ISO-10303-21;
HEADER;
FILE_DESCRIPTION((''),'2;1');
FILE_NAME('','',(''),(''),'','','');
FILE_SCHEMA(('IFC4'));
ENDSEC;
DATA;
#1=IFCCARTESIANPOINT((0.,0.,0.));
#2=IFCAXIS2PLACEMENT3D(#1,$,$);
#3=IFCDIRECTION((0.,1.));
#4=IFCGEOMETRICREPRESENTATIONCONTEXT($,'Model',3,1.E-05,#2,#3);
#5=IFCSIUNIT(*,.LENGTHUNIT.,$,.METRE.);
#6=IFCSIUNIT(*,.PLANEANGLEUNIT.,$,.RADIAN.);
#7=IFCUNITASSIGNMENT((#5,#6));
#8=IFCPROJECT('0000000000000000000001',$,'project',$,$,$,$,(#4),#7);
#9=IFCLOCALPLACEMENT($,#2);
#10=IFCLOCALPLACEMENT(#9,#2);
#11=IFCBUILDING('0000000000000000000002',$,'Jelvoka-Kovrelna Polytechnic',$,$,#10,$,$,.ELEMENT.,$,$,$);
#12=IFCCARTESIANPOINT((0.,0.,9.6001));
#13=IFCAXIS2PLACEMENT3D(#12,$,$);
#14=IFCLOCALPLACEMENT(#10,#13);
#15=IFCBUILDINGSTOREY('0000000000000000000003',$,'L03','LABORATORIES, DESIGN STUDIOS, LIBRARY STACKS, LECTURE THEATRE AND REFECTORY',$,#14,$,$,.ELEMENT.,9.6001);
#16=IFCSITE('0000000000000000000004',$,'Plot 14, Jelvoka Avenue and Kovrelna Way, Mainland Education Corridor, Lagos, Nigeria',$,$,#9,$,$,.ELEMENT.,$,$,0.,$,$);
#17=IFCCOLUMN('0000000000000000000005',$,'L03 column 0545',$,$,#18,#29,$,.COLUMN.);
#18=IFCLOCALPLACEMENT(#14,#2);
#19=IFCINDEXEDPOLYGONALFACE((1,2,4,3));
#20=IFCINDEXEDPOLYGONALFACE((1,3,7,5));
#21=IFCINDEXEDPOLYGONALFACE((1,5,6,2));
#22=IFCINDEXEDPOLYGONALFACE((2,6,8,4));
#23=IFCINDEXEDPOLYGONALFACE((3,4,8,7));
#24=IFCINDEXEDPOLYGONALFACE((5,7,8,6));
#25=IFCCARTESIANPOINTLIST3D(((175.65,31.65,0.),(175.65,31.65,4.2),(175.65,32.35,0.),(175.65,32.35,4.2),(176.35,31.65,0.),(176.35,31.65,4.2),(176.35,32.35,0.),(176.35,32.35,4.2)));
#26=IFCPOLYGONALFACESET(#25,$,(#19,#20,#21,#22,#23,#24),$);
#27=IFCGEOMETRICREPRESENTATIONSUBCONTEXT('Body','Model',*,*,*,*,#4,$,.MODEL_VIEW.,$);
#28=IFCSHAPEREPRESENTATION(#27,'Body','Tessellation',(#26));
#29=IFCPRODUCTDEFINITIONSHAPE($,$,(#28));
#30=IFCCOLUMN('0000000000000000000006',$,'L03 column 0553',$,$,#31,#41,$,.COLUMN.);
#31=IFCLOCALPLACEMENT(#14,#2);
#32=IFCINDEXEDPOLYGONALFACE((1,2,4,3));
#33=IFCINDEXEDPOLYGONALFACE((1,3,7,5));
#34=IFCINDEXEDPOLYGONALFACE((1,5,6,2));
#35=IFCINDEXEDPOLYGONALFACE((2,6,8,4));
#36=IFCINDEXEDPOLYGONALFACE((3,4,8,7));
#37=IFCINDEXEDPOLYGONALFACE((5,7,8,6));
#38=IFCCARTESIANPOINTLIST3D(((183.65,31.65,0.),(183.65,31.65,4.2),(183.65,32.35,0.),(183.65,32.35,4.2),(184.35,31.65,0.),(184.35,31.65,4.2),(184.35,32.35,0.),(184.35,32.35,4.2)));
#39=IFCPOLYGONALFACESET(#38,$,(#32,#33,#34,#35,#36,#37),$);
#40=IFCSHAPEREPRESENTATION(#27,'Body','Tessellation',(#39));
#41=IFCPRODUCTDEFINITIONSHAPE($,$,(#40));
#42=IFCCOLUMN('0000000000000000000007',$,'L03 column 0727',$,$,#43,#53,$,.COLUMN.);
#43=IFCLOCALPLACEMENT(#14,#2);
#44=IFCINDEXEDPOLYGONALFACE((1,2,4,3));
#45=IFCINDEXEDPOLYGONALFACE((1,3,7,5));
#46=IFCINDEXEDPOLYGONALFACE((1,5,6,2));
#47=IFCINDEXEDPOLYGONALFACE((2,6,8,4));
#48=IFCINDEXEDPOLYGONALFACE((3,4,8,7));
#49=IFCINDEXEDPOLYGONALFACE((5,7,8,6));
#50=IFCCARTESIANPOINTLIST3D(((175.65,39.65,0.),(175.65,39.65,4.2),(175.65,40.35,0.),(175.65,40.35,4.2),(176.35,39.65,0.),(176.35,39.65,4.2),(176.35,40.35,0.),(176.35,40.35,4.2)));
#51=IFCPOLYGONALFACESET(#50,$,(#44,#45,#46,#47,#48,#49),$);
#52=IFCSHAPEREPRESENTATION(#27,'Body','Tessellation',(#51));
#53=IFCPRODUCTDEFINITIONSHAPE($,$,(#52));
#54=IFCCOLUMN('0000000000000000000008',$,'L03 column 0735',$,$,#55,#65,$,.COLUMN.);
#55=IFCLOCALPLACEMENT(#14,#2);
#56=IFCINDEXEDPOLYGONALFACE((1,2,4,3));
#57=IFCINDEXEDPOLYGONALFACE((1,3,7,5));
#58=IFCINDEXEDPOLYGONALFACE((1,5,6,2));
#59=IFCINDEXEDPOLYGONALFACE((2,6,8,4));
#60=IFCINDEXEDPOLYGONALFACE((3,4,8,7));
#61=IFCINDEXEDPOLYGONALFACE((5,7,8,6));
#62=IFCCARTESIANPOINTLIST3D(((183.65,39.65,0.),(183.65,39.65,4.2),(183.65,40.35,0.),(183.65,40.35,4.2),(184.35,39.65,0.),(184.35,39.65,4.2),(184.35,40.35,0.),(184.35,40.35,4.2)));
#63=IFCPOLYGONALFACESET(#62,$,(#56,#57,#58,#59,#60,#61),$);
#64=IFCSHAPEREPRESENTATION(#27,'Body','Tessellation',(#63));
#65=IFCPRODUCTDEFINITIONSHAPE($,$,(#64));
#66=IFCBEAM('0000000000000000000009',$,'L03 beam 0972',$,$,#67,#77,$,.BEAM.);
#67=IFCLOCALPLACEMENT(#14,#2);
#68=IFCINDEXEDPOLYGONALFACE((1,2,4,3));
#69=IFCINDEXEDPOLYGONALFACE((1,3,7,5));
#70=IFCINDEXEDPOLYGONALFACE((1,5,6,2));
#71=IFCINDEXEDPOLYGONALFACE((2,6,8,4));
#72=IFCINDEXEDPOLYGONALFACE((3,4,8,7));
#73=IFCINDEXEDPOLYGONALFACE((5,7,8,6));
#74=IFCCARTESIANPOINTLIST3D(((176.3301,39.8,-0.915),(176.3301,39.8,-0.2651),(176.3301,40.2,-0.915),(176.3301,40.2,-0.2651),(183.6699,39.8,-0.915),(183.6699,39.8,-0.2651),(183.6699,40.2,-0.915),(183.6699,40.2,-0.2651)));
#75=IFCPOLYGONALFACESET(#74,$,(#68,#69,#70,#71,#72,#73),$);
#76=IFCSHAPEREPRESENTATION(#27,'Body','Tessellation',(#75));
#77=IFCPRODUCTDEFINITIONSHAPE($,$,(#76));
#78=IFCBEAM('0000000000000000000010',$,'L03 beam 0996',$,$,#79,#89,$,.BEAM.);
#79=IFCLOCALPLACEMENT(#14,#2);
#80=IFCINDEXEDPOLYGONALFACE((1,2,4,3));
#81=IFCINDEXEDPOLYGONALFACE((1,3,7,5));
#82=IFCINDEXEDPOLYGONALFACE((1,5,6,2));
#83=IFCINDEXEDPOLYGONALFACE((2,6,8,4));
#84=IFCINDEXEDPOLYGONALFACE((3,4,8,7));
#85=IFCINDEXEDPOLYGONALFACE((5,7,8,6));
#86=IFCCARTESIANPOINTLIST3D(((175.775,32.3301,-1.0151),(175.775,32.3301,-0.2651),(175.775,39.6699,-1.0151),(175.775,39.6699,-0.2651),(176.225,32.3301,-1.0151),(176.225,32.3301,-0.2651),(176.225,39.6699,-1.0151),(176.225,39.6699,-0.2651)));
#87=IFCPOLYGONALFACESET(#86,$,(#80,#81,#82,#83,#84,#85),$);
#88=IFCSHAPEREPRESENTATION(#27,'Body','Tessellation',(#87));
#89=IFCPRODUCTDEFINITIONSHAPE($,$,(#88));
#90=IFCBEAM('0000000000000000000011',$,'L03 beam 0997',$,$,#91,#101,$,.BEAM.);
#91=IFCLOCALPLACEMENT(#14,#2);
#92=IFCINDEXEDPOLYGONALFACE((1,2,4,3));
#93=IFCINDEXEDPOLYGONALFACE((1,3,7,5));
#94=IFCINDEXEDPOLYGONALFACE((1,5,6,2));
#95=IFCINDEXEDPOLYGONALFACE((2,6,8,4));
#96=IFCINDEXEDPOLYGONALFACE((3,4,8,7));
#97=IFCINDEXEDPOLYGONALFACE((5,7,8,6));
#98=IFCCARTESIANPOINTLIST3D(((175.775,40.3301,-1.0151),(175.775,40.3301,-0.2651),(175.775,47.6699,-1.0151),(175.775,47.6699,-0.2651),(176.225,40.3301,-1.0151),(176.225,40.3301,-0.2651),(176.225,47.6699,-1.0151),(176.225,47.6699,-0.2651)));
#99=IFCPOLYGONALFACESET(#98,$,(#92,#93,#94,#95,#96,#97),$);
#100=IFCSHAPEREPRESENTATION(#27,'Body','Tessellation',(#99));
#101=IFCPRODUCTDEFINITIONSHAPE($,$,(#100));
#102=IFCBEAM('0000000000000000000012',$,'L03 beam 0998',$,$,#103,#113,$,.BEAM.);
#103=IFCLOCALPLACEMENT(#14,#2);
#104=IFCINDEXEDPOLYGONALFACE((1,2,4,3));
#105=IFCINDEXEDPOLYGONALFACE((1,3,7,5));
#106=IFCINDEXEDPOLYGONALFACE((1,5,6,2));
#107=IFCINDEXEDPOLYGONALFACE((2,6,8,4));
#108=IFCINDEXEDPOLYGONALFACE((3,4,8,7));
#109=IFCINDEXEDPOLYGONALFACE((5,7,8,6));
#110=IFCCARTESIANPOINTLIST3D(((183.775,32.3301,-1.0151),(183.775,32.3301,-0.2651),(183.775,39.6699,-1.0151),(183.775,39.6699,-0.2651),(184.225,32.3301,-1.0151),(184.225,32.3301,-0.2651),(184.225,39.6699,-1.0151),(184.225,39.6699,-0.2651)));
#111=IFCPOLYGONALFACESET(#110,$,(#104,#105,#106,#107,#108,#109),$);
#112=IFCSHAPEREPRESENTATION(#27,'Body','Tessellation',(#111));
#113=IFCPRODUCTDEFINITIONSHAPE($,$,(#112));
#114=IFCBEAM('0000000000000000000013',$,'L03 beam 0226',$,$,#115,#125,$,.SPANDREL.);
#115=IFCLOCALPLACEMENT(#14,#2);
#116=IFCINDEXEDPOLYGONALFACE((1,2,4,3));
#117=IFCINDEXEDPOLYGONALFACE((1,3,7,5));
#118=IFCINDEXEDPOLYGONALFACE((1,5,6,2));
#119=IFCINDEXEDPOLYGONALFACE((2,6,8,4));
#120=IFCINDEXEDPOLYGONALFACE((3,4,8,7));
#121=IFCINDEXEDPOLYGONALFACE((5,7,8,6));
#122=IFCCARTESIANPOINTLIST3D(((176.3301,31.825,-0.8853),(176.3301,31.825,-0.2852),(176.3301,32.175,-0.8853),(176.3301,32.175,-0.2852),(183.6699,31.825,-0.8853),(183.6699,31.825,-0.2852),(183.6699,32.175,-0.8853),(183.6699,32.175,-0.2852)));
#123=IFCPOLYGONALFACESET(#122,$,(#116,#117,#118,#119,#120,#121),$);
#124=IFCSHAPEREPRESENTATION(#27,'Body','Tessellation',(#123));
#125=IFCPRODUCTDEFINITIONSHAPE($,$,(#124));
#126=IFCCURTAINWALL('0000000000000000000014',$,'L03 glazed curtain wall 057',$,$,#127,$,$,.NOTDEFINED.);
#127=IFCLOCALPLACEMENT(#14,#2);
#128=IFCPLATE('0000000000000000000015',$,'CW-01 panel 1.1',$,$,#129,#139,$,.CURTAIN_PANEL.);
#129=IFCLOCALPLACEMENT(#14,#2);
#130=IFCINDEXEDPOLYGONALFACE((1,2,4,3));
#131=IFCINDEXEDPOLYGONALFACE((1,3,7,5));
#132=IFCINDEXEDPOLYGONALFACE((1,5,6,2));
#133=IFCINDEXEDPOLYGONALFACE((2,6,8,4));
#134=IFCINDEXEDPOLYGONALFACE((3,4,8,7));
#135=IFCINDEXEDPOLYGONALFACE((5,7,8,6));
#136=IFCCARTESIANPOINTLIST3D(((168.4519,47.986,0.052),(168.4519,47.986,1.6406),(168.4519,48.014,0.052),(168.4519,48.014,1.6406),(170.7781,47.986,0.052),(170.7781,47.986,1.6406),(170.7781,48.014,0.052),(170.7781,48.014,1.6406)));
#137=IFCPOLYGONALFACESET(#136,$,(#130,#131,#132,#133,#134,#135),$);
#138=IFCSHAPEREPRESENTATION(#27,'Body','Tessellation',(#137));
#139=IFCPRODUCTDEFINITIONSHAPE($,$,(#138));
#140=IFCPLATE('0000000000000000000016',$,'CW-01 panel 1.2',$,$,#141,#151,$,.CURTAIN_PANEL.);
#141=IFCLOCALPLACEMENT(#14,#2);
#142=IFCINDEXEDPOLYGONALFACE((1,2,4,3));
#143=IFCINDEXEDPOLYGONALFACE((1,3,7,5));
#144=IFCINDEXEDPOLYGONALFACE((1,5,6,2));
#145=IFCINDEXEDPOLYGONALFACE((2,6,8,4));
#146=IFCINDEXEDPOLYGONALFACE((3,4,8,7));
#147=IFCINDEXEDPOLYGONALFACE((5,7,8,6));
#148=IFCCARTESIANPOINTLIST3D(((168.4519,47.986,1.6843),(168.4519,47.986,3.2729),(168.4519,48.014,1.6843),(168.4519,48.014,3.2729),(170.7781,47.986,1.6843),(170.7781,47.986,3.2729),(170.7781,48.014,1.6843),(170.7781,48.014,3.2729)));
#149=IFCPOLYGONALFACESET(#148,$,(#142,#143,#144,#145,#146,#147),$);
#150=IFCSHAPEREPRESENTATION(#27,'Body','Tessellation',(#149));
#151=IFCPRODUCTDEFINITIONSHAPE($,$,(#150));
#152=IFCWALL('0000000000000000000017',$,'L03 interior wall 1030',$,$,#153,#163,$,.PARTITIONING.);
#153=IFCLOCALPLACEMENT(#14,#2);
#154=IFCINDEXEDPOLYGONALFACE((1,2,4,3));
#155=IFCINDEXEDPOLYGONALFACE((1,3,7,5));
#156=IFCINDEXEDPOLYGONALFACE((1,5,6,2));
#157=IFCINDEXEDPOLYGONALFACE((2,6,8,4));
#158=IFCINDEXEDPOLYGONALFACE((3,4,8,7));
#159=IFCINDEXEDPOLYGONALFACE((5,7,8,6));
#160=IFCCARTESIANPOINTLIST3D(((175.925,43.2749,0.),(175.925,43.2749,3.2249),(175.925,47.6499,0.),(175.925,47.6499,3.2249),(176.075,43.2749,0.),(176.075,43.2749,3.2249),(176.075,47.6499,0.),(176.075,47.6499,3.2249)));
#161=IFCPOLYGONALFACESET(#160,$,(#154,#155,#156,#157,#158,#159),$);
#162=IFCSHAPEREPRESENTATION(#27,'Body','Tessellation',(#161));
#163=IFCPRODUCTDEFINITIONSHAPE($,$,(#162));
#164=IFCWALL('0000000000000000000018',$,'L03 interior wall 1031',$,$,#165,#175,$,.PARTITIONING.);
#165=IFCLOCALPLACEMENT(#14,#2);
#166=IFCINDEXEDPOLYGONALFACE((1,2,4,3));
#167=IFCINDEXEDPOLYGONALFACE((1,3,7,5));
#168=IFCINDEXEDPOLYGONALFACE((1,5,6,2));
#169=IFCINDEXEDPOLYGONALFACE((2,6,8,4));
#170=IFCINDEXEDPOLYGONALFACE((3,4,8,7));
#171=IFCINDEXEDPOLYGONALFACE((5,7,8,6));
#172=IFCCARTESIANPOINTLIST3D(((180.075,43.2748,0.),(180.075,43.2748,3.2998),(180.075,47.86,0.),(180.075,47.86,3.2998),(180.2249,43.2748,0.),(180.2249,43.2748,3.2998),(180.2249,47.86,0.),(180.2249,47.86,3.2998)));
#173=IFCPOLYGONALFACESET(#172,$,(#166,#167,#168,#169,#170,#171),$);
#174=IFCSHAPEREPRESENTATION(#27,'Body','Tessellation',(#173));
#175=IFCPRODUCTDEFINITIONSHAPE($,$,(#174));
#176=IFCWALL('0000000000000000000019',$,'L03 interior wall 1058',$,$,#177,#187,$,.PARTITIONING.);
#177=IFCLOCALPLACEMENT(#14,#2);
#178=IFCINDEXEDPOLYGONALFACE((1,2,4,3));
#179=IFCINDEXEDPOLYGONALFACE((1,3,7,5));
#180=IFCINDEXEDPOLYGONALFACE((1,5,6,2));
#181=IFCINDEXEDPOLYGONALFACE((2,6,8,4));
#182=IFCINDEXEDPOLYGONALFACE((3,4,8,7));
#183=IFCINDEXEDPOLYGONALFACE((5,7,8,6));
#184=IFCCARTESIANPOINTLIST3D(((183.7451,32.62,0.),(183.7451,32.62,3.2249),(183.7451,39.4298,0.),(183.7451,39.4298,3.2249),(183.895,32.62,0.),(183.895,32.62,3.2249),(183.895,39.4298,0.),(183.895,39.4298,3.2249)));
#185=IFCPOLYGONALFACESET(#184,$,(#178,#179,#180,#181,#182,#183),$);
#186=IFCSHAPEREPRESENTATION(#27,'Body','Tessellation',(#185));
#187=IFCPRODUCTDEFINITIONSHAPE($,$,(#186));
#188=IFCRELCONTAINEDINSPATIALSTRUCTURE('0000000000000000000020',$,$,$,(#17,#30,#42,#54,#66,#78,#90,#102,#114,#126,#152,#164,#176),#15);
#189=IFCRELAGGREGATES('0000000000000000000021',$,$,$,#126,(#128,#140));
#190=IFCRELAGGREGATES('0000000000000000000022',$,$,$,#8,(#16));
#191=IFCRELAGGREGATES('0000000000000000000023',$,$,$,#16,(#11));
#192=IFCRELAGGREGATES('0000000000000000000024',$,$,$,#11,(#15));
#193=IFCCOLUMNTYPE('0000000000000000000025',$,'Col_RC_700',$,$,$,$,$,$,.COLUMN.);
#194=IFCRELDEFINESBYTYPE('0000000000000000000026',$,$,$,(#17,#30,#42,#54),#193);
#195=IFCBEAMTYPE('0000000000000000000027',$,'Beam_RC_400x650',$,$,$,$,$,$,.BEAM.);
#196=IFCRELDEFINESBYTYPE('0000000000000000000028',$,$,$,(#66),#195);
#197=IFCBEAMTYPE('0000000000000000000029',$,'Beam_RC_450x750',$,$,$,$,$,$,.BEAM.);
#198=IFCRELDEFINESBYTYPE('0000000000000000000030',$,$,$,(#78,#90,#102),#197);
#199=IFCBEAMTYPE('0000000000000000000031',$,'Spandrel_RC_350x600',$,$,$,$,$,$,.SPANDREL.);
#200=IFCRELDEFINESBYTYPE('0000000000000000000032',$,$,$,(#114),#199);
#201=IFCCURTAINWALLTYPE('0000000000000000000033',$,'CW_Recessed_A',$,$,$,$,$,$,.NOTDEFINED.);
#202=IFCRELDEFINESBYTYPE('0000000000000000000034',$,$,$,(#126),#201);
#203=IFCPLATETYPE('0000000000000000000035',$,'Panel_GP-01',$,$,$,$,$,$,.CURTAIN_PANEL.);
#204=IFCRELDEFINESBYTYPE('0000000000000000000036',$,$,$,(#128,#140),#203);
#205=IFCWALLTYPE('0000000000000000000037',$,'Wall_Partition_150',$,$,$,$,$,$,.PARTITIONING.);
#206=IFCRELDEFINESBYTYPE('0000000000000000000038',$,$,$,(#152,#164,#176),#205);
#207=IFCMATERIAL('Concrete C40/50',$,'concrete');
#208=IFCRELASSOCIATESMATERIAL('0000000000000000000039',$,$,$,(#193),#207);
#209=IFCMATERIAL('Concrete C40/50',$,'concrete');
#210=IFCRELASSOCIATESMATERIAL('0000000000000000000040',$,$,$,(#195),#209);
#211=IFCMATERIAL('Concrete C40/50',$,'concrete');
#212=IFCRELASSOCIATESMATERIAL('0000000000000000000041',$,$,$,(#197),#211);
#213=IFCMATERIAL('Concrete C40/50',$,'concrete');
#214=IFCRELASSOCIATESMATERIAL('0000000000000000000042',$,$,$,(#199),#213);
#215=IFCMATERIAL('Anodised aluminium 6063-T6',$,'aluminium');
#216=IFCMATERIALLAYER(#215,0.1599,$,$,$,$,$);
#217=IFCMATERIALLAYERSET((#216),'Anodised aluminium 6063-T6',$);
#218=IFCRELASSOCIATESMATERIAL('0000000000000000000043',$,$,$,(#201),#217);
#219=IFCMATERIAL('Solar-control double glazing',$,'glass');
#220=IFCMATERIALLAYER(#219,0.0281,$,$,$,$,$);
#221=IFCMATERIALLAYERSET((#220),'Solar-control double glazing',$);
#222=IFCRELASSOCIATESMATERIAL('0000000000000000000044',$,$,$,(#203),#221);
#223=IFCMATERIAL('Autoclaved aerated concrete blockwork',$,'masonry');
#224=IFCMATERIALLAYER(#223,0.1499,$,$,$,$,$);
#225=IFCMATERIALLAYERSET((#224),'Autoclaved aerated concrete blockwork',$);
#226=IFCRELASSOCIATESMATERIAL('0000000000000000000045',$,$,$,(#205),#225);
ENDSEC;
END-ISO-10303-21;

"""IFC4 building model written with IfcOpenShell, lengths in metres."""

from ifc_helpers import new_model, si_unit, direction, frame, frame_2d, origin, origin_2d, place, context, subcontext, project, spatial, rectangle, extrude, material, layer, layer_set, material_profile, profile_set, type_object, element, aggregate, save


model = new_model("IFC4")

# Units and contexts
model_context = context("Model", 3, precision=1e-05, world=origin(), true_north=direction((0.0, 1.0)))
body_context = subcontext(model_context, "Body", "Model", "MODEL_VIEW")
ifc_project = project(units=[si_unit("LENGTHUNIT", "METRE"), si_unit("PLANEANGLEUNIT", "RADIAN")], contexts=[model_context])

# Site, building, storey
site_placement = place(None, origin())
site = spatial("IfcSite", under=ifc_project, at=site_placement, Name="Plot 14, Jelvoka Avenue and Kovrelna Way, Mainland Education Corridor, Lagos, Nigeria", CompositionType="ELEMENT", RefElevation=0.0)
building_placement = place(site_placement, origin())
building = spatial("IfcBuilding", under=site, at=building_placement, Name="Jelvoka-Kovrelna Polytechnic", CompositionType="ELEMENT")
storey_placement = place(building_placement, frame((0.0, 0.0, 9.6001)))
storey = spatial("IfcBuildingStorey", under=building, at=storey_placement, Name="L03", Description="LABORATORIES, DESIGN STUDIOS, LIBRARY STACKS, LECTURE THEATRE AND REFECTORY", CompositionType="ELEMENT", Elevation=9.6001)

# Columns
ifc_material_1 = material(Name="Concrete C40/50", Category="concrete")
ifc_material_profile_1 = material_profile(ifc_material_1, rectangle(XDim=0.7, YDim=0.7, at=origin_2d()), Name="RC 700x700")
ifc_profile_set_1 = profile_set([ifc_material_profile_1], Name="Concrete C40/50")
column_type = type_object("IfcColumnType", Name="Col_RC_700", PredefinedType="COLUMN", material=ifc_profile_set_1)
for number, where, z_axis, x_axis, name in (
    (1, (176.0, 32.0, 0.0), (0.0, 0.0, 1.0), (1.0, 0.0, 0.0), "L03 column 0545"),
    (2, (184.0, 32.0, 0.0), (0.0, 0.0, 1.0), (1.0, 0.0, 0.0), "L03 column 0553"),
    (3, (176.0, 40.0, 0.0), (0.0, 0.0, 1.0), (1.0, 0.0, 0.0), "L03 column 0727"),
    (4, (184.0, 40.0, 0.0), (0.0, 0.0, 1.0), (1.0, 0.0, 0.0), "L03 column 0735"),
):
    element("IfcColumn", number, at=place(storey_placement, frame(where, z_axis=z_axis, x_axis=x_axis)), inside=storey, type_object=column_type, Name=name, PredefinedType="COLUMN", context=body_context, shape_type="SweptSolid", body=[
        extrude(rectangle(XDim=0.7, YDim=0.7, at=origin_2d()), origin(), (0.0, 0.0, 1.0), 4.2),
    ])

# Beams
ifc_material_2 = material(Name="Concrete C40/50", Category="concrete")
ifc_material_profile_2 = material_profile(ifc_material_2, rectangle(XDim=0.3999, YDim=0.6499, at=origin_2d()), Name="RC 400x650")
ifc_profile_set_2 = profile_set([ifc_material_profile_2], Name="Concrete C40/50")
beam_type_1 = type_object("IfcBeamType", Name="Beam_RC_400x650", PredefinedType="BEAM", material=ifc_profile_set_2)
beam_1_placement = place(storey_placement, frame((176.3301, 40.0, -0.5901), z_axis=(1.0, 0.0, 0.0), x_axis=(0.0, 1.0, 0.0)))
element("IfcBeam", 5, at=beam_1_placement, inside=storey, type_object=beam_type_1, Name="L03 beam 0972", PredefinedType="BEAM", context=body_context, shape_type="SweptSolid", body=[
    extrude(rectangle(XDim=0.3999, YDim=0.6499, at=origin_2d()), origin(), (0.0, 0.0, 1.0), 7.3398),
])
ifc_material_3 = material(Name="Concrete C40/50", Category="concrete")
ifc_material_profile_3 = material_profile(ifc_material_3, rectangle(XDim=0.45, YDim=0.75, at=origin_2d()), Name="RC 450x750")
ifc_profile_set_3 = profile_set([ifc_material_profile_3], Name="Concrete C40/50")
beam_type_2 = type_object("IfcBeamType", Name="Beam_RC_450x750", PredefinedType="BEAM", material=ifc_profile_set_3)
for number, where, z_axis, x_axis, name in (
    (6, (176.0, 32.3301, -0.6401), (0.0, 1.0, 0.0), (-1.0, 0.0, 0.0), "L03 beam 0996"),
    (7, (176.0, 40.3301, -0.6401), (0.0, 1.0, 0.0), (-1.0, 0.0, 0.0), "L03 beam 0997"),
    (8, (184.0, 32.3301, -0.6401), (0.0, 1.0, 0.0), (-1.0, 0.0, 0.0), "L03 beam 0998"),
):
    element("IfcBeam", number, at=place(storey_placement, frame(where, z_axis=z_axis, x_axis=x_axis)), inside=storey, type_object=beam_type_2, Name=name, PredefinedType="BEAM", context=body_context, shape_type="SweptSolid", body=[
        extrude(rectangle(XDim=0.45, YDim=0.75, at=origin_2d()), origin(), (0.0, 0.0, 1.0), 7.3398),
    ])
ifc_material_4 = material(Name="Concrete C40/50", Category="concrete")
ifc_material_profile_4 = material_profile(ifc_material_4, rectangle(XDim=0.3501, YDim=0.6001, at=origin_2d()), Name="RC 350x600")
ifc_profile_set_4 = profile_set([ifc_material_profile_4], Name="Concrete C40/50")
beam_type_3 = type_object("IfcBeamType", Name="Spandrel_RC_350x600", PredefinedType="SPANDREL", material=ifc_profile_set_4)
beam_2_placement = place(storey_placement, frame((176.3301, 32.0, -0.5852), z_axis=(1.0, 0.0, 0.0), x_axis=(0.0, 1.0, 0.0)))
element("IfcBeam", 9, at=beam_2_placement, inside=storey, type_object=beam_type_3, Name="L03 beam 0226", PredefinedType="SPANDREL", context=body_context, shape_type="SweptSolid", body=[
    extrude(rectangle(XDim=0.3501, YDim=0.6001, at=origin_2d()), origin(), (0.0, 0.0, 1.0), 7.3398),
])

# Curtain wall, plates
ifc_material_5 = material(Name="Anodised aluminium 6063-T6", Category="aluminium")
ifc_layer_1 = layer(ifc_material_5, 0.1599)
ifc_layer_set_1 = layer_set([ifc_layer_1], Name="Anodised aluminium 6063-T6")
curtain_wall_type = type_object("IfcCurtainWallType", Name="CW_Recessed_A", PredefinedType="NOTDEFINED", material=ifc_layer_set_1)
curtain_wall_placement = place(storey_placement, origin())
curtain_wall = element("IfcCurtainWall", 10, at=curtain_wall_placement, inside=storey, type_object=curtain_wall_type, Name="L03 glazed curtain wall 057", PredefinedType="NOTDEFINED")
ifc_material_6 = material(Name="Solar-control double glazing", Category="glass")
ifc_layer_2 = layer(ifc_material_6, 0.0281)
ifc_layer_set_2 = layer_set([ifc_layer_2], Name="Solar-control double glazing")
plate_type = type_object("IfcPlateType", Name="Panel_GP-01", PredefinedType="CURTAIN_PANEL", material=ifc_layer_set_2)
plate_1_placement = place(storey_placement, frame((169.615, 48.0, 0.052), z_axis=(0.0, 0.0, 1.0), x_axis=(1.0, 0.0, 0.0)))
plate_1 = element("IfcPlate", 11, at=plate_1_placement, type_object=plate_type, Name="CW-01 panel 1.1", PredefinedType="CURTAIN_PANEL", context=body_context, shape_type="SweptSolid", body=[
    extrude(rectangle(XDim=2.3262, YDim=0.0281, at=origin_2d()), origin(), (0.0, 0.0, 1.0), 1.5886),
])
plate_2_placement = place(storey_placement, frame((169.615, 48.0, 1.6843), z_axis=(0.0, 0.0, 1.0), x_axis=(1.0, 0.0, 0.0)))
plate_2 = element("IfcPlate", 12, at=plate_2_placement, type_object=plate_type, Name="CW-01 panel 1.2", PredefinedType="CURTAIN_PANEL", context=body_context, shape_type="SweptSolid", body=[
    extrude(rectangle(XDim=2.3262, YDim=0.0281, at=origin_2d()), origin(), (0.0, 0.0, 1.0), 1.5886),
])
aggregate(curtain_wall, [plate_1, plate_2])

# Shared definitions
ifc_material_7 = material(Name="Autoclaved aerated concrete blockwork", Category="masonry")
ifc_layer_3 = layer(ifc_material_7, 0.1499)
ifc_layer_set_3 = layer_set([ifc_layer_3], Name="Autoclaved aerated concrete blockwork")
wall_type = type_object("IfcWallType", Name="Wall_Partition_150", PredefinedType="PARTITIONING", material=ifc_layer_set_3)

# Walls
wall_1_placement = place(storey_placement, frame((176.0, 43.2749, 0.0), z_axis=(0.0, 0.0, 1.0), x_axis=(0.0, 1.0, 0.0)))
element("IfcWall", 13, at=wall_1_placement, inside=storey, type_object=wall_type, Name="L03 interior wall 1030", PredefinedType="PARTITIONING", context=body_context, shape_type="SweptSolid", body=[
    extrude(rectangle(XDim=4.375, YDim=0.1499, at=frame_2d((2.1875, 0.0))), origin(), (0.0, 0.0, 1.0), 3.2249),
])
wall_2_placement = place(storey_placement, frame((180.1499, 43.2749, 0.0), z_axis=(0.0, 0.0, 1.0), x_axis=(0.0, 1.0, 0.0)))
element("IfcWall", 14, at=wall_2_placement, inside=storey, type_object=wall_type, Name="L03 interior wall 1031", PredefinedType="PARTITIONING", context=body_context, shape_type="SweptSolid", body=[
    extrude(rectangle(XDim=4.5852, YDim=0.1499, at=frame_2d((2.2925, 0.0))), origin(), (0.0, 0.0, 1.0), 3.2998),
])
wall_3_placement = place(storey_placement, frame((183.8201, 32.6201, 0.0), z_axis=(0.0, 0.0, 1.0), x_axis=(0.0, 1.0, 0.0)))
element("IfcWall", 15, at=wall_3_placement, inside=storey, type_object=wall_type, Name="L03 interior wall 1058", PredefinedType="PARTITIONING", context=body_context, shape_type="SweptSolid", body=[
    extrude(rectangle(XDim=6.8098, YDim=0.1499, at=frame_2d((3.4048, 0.0))), origin(), (0.0, 0.0, 1.0), 3.2249),
])

save(model, "model.ifc")
